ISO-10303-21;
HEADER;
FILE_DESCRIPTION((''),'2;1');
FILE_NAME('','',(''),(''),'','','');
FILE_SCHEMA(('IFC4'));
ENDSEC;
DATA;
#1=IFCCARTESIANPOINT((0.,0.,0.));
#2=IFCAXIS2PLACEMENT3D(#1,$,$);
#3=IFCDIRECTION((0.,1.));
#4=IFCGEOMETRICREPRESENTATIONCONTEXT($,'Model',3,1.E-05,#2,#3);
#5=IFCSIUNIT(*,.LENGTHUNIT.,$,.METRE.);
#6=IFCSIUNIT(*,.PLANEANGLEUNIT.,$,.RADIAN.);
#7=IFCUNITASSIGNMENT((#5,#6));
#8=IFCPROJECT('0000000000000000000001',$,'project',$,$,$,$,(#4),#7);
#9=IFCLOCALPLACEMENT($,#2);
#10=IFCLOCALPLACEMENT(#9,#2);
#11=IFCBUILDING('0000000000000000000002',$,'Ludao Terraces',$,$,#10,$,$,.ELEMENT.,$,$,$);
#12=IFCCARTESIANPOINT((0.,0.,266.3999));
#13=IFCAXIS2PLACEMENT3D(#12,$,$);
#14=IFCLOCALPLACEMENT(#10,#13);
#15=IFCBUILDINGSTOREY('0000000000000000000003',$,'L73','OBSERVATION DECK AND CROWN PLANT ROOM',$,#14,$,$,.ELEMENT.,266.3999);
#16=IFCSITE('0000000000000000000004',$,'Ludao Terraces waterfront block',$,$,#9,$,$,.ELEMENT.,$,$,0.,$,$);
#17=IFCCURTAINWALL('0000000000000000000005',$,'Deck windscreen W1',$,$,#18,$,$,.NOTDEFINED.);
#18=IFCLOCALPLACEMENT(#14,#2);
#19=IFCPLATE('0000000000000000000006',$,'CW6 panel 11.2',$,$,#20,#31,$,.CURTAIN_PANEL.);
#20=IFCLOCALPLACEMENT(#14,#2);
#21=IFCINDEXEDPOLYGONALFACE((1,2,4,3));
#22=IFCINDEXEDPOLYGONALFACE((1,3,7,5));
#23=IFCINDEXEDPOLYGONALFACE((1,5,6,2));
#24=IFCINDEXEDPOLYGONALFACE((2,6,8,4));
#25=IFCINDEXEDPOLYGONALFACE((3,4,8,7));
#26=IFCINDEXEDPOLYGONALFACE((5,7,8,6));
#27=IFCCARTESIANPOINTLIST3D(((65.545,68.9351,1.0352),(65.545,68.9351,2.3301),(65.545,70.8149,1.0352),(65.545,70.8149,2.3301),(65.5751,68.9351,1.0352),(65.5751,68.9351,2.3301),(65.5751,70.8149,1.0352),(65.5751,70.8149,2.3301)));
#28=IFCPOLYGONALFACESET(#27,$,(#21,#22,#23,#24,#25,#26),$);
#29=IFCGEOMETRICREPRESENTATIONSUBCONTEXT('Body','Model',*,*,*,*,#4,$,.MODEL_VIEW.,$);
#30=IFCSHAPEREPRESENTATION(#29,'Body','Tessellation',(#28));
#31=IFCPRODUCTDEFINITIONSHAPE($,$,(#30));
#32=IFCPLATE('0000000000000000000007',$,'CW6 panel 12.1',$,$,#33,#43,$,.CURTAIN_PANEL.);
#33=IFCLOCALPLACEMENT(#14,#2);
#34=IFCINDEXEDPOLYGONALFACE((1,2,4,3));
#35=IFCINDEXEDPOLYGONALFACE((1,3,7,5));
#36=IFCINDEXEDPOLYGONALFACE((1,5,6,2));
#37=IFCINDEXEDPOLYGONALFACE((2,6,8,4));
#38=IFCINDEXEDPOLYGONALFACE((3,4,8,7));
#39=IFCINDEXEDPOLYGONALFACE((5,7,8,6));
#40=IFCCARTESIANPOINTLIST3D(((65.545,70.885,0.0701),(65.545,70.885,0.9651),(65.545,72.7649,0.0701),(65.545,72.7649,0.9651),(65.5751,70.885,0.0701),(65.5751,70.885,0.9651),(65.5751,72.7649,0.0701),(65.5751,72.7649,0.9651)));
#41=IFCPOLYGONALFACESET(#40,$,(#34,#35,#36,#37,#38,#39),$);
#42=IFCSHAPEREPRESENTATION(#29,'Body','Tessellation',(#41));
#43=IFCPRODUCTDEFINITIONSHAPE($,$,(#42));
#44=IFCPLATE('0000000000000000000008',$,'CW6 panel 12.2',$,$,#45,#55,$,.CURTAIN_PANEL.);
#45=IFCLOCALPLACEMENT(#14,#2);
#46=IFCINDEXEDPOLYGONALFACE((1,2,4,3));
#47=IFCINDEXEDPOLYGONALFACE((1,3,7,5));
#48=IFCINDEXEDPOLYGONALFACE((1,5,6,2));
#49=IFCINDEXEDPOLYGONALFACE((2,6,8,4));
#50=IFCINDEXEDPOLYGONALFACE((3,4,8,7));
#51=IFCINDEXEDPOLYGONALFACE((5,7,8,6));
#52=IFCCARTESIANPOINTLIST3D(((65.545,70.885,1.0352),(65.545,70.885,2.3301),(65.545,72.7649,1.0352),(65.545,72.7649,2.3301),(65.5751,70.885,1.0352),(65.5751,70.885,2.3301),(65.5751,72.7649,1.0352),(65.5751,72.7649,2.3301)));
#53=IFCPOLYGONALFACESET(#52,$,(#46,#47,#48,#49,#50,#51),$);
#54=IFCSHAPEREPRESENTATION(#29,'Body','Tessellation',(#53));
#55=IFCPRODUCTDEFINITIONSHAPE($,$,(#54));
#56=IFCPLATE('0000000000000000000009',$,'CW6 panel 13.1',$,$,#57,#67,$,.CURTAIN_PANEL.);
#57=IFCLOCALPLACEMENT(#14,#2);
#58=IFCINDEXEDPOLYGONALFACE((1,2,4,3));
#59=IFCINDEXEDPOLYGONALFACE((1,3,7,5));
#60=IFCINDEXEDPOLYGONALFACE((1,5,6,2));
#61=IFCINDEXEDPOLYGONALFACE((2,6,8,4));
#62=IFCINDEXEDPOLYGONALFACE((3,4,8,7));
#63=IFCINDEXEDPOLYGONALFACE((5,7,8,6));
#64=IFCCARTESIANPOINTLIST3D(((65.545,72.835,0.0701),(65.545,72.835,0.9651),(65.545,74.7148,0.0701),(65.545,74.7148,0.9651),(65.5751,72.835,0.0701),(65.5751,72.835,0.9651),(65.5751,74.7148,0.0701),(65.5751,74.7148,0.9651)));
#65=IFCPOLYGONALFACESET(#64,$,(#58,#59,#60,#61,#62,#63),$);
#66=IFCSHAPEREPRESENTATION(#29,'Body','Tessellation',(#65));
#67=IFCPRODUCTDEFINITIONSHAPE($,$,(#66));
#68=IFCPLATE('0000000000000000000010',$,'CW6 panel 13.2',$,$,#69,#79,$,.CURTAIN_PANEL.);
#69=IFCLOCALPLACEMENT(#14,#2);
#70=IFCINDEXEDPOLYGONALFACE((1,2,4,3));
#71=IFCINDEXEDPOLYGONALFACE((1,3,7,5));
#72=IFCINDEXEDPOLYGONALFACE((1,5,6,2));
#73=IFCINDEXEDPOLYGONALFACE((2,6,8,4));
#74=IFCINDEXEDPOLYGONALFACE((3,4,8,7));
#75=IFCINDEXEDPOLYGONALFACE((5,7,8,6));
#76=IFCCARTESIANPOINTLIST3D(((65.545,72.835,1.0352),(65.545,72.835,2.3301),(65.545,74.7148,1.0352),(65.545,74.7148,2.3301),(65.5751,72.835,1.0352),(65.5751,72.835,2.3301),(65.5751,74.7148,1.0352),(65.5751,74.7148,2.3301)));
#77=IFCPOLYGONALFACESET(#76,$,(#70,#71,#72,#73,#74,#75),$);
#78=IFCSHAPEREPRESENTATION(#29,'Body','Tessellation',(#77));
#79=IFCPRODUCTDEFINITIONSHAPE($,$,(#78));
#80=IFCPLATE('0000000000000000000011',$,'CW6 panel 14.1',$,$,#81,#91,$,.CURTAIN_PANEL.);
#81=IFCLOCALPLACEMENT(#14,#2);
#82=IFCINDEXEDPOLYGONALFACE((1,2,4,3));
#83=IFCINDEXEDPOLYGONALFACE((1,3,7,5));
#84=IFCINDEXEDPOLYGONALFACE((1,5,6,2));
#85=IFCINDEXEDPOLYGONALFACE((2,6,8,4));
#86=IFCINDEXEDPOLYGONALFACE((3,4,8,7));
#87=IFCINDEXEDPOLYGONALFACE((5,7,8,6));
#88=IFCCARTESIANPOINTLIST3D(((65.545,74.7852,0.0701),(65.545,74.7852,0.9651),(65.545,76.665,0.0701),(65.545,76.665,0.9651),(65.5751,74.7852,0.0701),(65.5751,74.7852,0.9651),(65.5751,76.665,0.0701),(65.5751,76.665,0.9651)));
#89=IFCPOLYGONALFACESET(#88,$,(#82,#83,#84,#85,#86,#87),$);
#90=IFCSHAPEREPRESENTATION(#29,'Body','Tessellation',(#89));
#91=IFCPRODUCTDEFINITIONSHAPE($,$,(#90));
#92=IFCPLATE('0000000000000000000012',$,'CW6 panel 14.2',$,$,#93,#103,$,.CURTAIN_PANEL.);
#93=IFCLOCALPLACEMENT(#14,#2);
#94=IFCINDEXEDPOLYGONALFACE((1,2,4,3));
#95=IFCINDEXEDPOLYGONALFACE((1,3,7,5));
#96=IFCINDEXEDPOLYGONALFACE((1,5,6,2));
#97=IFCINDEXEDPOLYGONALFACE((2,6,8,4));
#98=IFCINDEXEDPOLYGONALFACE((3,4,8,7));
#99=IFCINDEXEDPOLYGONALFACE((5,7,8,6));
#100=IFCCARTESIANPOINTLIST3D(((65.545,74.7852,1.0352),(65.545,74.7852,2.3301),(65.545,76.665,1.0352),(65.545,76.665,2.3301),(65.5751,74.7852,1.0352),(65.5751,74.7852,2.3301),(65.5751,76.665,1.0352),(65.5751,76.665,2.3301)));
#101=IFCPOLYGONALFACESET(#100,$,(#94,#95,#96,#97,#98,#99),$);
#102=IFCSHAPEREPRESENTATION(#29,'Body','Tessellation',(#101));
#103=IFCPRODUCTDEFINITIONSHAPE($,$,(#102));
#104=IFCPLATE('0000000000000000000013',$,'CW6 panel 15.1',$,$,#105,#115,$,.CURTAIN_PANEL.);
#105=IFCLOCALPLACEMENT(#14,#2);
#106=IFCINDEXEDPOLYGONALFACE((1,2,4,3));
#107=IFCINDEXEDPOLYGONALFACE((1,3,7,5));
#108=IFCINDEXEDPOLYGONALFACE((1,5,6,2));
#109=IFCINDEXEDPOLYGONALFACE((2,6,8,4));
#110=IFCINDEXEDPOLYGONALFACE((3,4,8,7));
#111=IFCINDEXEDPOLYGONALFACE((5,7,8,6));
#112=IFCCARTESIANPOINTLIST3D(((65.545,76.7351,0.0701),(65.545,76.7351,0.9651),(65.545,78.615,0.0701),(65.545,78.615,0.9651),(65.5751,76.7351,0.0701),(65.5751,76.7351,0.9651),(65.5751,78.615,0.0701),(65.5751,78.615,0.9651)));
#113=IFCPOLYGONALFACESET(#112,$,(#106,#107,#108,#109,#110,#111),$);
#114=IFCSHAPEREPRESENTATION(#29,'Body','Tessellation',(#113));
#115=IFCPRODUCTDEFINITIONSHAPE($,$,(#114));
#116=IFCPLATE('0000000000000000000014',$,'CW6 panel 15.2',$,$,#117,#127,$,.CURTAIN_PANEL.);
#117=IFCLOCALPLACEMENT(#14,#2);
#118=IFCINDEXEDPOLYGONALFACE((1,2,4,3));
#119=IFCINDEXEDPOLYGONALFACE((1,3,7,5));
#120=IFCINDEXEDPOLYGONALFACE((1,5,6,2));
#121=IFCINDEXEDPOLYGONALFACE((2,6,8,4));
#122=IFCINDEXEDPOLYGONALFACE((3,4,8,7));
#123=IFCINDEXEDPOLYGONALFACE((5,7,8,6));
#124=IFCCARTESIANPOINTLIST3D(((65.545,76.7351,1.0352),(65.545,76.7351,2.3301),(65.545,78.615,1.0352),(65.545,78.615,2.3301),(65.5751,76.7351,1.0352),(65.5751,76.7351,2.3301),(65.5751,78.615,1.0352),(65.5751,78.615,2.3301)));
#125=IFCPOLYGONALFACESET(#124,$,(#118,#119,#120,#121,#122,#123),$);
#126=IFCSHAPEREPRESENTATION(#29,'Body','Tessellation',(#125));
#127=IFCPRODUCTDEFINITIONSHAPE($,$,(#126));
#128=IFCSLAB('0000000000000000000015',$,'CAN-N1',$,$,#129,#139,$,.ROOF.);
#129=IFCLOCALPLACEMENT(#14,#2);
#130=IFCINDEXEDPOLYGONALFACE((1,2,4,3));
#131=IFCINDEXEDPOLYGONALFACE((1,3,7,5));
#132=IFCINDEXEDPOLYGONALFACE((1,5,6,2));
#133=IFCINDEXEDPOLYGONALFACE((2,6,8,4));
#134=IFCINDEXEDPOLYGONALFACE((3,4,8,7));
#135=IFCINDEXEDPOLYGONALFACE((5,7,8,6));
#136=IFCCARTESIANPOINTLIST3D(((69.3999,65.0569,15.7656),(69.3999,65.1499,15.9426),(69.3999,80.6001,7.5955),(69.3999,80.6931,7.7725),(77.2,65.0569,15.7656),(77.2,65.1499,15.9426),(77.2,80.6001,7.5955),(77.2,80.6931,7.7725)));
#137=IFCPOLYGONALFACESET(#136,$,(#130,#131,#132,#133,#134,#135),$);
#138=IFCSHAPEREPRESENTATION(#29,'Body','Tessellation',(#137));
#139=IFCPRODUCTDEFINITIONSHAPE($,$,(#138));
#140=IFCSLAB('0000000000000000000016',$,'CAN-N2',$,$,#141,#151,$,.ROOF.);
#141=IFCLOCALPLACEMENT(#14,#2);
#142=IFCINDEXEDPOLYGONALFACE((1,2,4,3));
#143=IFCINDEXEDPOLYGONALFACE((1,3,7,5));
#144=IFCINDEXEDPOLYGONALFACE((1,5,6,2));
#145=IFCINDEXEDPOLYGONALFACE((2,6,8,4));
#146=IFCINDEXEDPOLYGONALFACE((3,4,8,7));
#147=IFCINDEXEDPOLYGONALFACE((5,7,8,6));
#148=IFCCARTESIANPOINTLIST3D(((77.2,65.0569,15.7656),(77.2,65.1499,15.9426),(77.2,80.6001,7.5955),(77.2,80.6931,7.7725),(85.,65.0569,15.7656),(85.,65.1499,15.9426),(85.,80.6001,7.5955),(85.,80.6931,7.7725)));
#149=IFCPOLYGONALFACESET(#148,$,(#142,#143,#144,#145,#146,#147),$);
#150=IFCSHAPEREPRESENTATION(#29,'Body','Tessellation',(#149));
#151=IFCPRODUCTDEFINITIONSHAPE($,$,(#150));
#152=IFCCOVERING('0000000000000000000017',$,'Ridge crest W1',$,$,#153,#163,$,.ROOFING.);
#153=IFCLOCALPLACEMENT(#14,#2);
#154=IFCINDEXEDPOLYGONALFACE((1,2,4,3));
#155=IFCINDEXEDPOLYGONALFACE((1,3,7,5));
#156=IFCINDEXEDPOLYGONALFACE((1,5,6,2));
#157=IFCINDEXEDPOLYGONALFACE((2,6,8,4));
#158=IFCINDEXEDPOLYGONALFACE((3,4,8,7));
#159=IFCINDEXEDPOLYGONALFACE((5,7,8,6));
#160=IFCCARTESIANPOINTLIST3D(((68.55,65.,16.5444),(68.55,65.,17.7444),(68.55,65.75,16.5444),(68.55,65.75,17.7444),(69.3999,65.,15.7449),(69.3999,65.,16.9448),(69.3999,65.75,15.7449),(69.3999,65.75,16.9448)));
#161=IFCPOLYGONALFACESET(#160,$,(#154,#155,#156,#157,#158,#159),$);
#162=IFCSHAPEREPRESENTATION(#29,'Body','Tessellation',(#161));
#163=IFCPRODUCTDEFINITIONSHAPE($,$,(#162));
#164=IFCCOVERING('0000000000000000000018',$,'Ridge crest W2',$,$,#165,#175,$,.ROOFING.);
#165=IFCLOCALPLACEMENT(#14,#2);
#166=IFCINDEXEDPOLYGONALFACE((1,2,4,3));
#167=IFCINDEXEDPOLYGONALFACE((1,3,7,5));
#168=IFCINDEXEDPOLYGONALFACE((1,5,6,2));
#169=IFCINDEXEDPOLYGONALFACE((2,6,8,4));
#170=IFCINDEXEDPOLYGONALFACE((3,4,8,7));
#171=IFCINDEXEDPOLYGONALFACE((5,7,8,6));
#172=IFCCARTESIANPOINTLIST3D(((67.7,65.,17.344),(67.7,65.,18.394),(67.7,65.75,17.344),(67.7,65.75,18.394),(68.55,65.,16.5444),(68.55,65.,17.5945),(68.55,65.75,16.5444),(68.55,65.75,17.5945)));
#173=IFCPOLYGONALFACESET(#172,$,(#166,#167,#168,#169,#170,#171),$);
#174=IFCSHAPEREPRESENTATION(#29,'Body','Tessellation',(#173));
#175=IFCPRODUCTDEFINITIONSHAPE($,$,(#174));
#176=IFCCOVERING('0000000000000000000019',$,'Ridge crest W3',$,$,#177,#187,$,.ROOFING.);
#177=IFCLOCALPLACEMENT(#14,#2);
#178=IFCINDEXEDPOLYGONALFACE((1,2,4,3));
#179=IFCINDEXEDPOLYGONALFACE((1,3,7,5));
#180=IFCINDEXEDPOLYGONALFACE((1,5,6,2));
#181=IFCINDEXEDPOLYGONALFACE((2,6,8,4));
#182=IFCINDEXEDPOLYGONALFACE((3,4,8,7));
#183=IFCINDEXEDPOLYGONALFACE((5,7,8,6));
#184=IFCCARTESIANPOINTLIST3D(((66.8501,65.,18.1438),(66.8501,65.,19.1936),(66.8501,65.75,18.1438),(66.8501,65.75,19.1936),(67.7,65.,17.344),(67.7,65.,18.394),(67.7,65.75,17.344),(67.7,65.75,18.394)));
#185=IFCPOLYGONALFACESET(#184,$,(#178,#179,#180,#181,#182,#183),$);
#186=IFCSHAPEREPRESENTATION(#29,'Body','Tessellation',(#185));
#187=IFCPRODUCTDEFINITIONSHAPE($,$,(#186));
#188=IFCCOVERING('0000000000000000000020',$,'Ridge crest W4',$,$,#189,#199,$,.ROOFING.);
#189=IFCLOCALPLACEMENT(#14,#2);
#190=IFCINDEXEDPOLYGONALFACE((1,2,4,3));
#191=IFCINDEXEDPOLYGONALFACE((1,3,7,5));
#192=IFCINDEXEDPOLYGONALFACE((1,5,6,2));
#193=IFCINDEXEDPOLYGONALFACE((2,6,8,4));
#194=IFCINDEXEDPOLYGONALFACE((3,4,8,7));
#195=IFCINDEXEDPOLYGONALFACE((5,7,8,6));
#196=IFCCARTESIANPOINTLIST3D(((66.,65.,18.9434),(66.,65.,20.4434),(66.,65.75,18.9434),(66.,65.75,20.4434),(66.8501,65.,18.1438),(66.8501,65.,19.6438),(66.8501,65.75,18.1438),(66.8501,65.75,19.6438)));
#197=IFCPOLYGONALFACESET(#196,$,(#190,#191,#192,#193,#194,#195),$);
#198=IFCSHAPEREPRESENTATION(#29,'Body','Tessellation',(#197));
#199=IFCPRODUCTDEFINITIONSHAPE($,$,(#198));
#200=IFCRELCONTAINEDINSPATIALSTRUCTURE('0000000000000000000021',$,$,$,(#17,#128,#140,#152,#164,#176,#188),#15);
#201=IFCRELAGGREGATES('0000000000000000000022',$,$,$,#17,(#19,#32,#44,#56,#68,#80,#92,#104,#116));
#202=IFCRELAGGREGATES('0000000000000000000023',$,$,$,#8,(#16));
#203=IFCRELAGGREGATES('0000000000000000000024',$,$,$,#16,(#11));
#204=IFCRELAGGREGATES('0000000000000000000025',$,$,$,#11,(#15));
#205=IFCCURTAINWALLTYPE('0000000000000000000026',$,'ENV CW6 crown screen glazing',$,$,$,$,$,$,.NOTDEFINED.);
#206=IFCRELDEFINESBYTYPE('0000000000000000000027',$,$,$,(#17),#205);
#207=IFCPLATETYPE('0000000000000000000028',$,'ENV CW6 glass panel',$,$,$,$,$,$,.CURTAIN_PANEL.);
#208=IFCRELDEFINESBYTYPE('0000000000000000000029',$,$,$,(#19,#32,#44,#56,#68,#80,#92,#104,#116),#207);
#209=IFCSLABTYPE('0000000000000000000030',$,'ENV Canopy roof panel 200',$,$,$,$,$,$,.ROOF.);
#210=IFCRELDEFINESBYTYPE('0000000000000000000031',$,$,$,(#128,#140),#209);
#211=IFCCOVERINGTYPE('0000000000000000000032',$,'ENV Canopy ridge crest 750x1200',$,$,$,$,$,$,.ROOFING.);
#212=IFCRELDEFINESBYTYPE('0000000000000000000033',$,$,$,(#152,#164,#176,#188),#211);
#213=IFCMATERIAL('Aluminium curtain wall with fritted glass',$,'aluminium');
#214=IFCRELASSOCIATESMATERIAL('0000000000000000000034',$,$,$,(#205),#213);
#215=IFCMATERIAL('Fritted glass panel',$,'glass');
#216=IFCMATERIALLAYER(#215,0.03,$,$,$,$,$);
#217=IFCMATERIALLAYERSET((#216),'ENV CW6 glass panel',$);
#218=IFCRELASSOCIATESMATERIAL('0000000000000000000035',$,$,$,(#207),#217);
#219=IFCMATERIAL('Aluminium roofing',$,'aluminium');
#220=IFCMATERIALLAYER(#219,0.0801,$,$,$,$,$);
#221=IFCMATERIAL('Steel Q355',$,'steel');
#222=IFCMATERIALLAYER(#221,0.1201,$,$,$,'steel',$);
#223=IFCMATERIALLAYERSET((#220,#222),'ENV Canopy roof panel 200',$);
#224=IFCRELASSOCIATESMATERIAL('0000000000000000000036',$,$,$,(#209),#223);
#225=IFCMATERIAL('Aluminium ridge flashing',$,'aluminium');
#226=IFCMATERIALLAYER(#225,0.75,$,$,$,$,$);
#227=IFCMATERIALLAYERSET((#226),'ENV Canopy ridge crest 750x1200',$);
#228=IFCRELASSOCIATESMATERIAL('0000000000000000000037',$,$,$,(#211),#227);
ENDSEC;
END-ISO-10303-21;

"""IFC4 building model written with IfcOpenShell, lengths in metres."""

from ifc_helpers import new_model, si_unit, direction, frame, origin, origin_2d, place, context, subcontext, project, spatial, polyline, rectangle, outline, extrude, material, layer, layer_set, type_object, element, aggregate, save


model = new_model("IFC4")

# Units and contexts
model_context = context("Model", 3, precision=1e-05, world=origin(), true_north=direction((0.0, 1.0)))
body_context = subcontext(model_context, "Body", "Model", "MODEL_VIEW")
ifc_project = project(units=[si_unit("LENGTHUNIT", "METRE"), si_unit("PLANEANGLEUNIT", "RADIAN")], contexts=[model_context])

# Site, building, storey
site_placement = place(None, origin())
site = spatial("IfcSite", under=ifc_project, at=site_placement, Name="Ludao Terraces waterfront block", CompositionType="ELEMENT", RefElevation=0.0)
building_placement = place(site_placement, origin())
building = spatial("IfcBuilding", under=site, at=building_placement, Name="Ludao Terraces", CompositionType="ELEMENT")
storey_placement = place(building_placement, frame((0.0, 0.0, 266.3999)))
storey = spatial("IfcBuildingStorey", under=building, at=storey_placement, Name="L73", Description="OBSERVATION DECK AND CROWN PLANT ROOM", CompositionType="ELEMENT", Elevation=266.3999)

# Shared definitions
ifc_material_1 = material(Name="Steel Q355", Category="steel")

# Curtain wall, plates
ifc_material_2 = material(Name="Aluminium curtain wall with fritted glass", Category="aluminium")
curtain_wall_type = type_object("IfcCurtainWallType", Name="ENV CW6 crown screen glazing", PredefinedType="NOTDEFINED", material=ifc_material_2)
curtain_wall_placement = place(storey_placement, origin())
curtain_wall = element("IfcCurtainWall", 1, at=curtain_wall_placement, inside=storey, type_object=curtain_wall_type, Name="Deck windscreen W1", PredefinedType="NOTDEFINED")
ifc_material_3 = material(Name="Fritted glass panel", Category="glass")
ifc_layer_1 = layer(ifc_material_3, 0.03)
ifc_layer_set_1 = layer_set([ifc_layer_1], Name="ENV CW6 glass panel")
plate_type = type_object("IfcPlateType", Name="ENV CW6 glass panel", PredefinedType="CURTAIN_PANEL", material=ifc_layer_set_1)
plate_1_placement = place(storey_placement, frame((65.5601, 69.875, 1.0352), z_axis=(0.0, 0.0, 1.0), x_axis=(0.0, 1.0, 0.0)))
plate_1 = element("IfcPlate", 2, at=plate_1_placement, type_object=plate_type, Name="CW6 panel 11.2", PredefinedType="CURTAIN_PANEL", context=body_context, shape_type="SweptSolid", body=[
    extrude(rectangle(XDim=1.8799, YDim=0.03, at=origin_2d()), origin(), (0.0, 0.0, 1.0), 1.2949),
])
plate_2_placement = place(storey_placement, frame((65.5601, 71.825, 0.0701), z_axis=(0.0, 0.0, 1.0), x_axis=(0.0, 1.0, 0.0)))
plate_2 = element("IfcPlate", 3, at=plate_2_placement, type_object=plate_type, Name="CW6 panel 12.1", PredefinedType="CURTAIN_PANEL", context=body_context, shape_type="SweptSolid", body=[
    extrude(rectangle(XDim=1.8799, YDim=0.03, at=origin_2d()), origin(), (0.0, 0.0, 1.0), 0.895),
])
plate_3_placement = place(storey_placement, frame((65.5601, 71.825, 1.0352), z_axis=(0.0, 0.0, 1.0), x_axis=(0.0, 1.0, 0.0)))
plate_3 = element("IfcPlate", 4, at=plate_3_placement, type_object=plate_type, Name="CW6 panel 12.2", PredefinedType="CURTAIN_PANEL", context=body_context, shape_type="SweptSolid", body=[
    extrude(rectangle(XDim=1.8799, YDim=0.03, at=origin_2d()), origin(), (0.0, 0.0, 1.0), 1.2949),
])
plate_4_placement = place(storey_placement, frame((65.5601, 73.7749, 0.0701), z_axis=(0.0, 0.0, 1.0), x_axis=(0.0, 1.0, 0.0)))
plate_4 = element("IfcPlate", 5, at=plate_4_placement, type_object=plate_type, Name="CW6 panel 13.1", PredefinedType="CURTAIN_PANEL", context=body_context, shape_type="SweptSolid", body=[
    extrude(rectangle(XDim=1.8799, YDim=0.03, at=origin_2d()), origin(), (0.0, 0.0, 1.0), 0.895),
])
plate_5_placement = place(storey_placement, frame((65.5601, 73.7749, 1.0352), z_axis=(0.0, 0.0, 1.0), x_axis=(0.0, 1.0, 0.0)))
plate_5 = element("IfcPlate", 6, at=plate_5_placement, type_object=plate_type, Name="CW6 panel 13.2", PredefinedType="CURTAIN_PANEL", context=body_context, shape_type="SweptSolid", body=[
    extrude(rectangle(XDim=1.8799, YDim=0.03, at=origin_2d()), origin(), (0.0, 0.0, 1.0), 1.2949),
])
plate_6_placement = place(storey_placement, frame((65.5601, 75.7251, 0.0701), z_axis=(0.0, 0.0, 1.0), x_axis=(0.0, 1.0, 0.0)))
plate_6 = element("IfcPlate", 7, at=plate_6_placement, type_object=plate_type, Name="CW6 panel 14.1", PredefinedType="CURTAIN_PANEL", context=body_context, shape_type="SweptSolid", body=[
    extrude(rectangle(XDim=1.8799, YDim=0.03, at=origin_2d()), origin(), (0.0, 0.0, 1.0), 0.895),
])
plate_7_placement = place(storey_placement, frame((65.5601, 75.7251, 1.0352), z_axis=(0.0, 0.0, 1.0), x_axis=(0.0, 1.0, 0.0)))
plate_7 = element("IfcPlate", 8, at=plate_7_placement, type_object=plate_type, Name="CW6 panel 14.2", PredefinedType="CURTAIN_PANEL", context=body_context, shape_type="SweptSolid", body=[
    extrude(rectangle(XDim=1.8799, YDim=0.03, at=origin_2d()), origin(), (0.0, 0.0, 1.0), 1.2949),
])
plate_8_placement = place(storey_placement, frame((65.5601, 77.675, 0.0701), z_axis=(0.0, 0.0, 1.0), x_axis=(0.0, 1.0, 0.0)))
plate_8 = element("IfcPlate", 9, at=plate_8_placement, type_object=plate_type, Name="CW6 panel 15.1", PredefinedType="CURTAIN_PANEL", context=body_context, shape_type="SweptSolid", body=[
    extrude(rectangle(XDim=1.8799, YDim=0.03, at=origin_2d()), origin(), (0.0, 0.0, 1.0), 0.895),
])
plate_9_placement = place(storey_placement, frame((65.5601, 77.675, 1.0352), z_axis=(0.0, 0.0, 1.0), x_axis=(0.0, 1.0, 0.0)))
plate_9 = element("IfcPlate", 10, at=plate_9_placement, type_object=plate_type, Name="CW6 panel 15.2", PredefinedType="CURTAIN_PANEL", context=body_context, shape_type="SweptSolid", body=[
    extrude(rectangle(XDim=1.8799, YDim=0.03, at=origin_2d()), origin(), (0.0, 0.0, 1.0), 1.2949),
])
aggregate(curtain_wall, [plate_1, plate_2, plate_3, plate_4, plate_5, plate_6, plate_7, plate_8, plate_9])

# Slabs
ifc_material_4 = material(Name="Aluminium roofing", Category="aluminium")
ifc_layer_2 = layer(ifc_material_4, 0.0801)
ifc_layer_3 = layer(ifc_material_1, 0.1201, Category="steel")
ifc_layer_set_2 = layer_set([ifc_layer_2, ifc_layer_3], Name="ENV Canopy roof panel 200")
slab_type = type_object("IfcSlabType", Name="ENV Canopy roof panel 200", PredefinedType="ROOF", material=ifc_layer_set_2)
for number, where, z_axis, x_axis, name in (
    (11, (69.3999, 65.1499, 15.9426), (0.0, 0.465279, 0.885164), (1.0, 0.0, 0.0), "CAN-N1"),
    (12, (77.2, 65.1499, 15.9426), (0.0, 0.465279, 0.885164), (1.0, 0.0, 0.0), "CAN-N2"),
):
    element("IfcSlab", number, at=place(storey_placement, frame(where, z_axis=z_axis, x_axis=x_axis)), inside=storey, type_object=slab_type, Name=name, PredefinedType="ROOF", context=body_context, shape_type="SweptSolid", body=[
        extrude(outline(polyline([(0.0, 0.0), (7.8, 0.0), (7.8, 17.5597), (0.0, 17.5597), (0.0, 0.0)])), origin(), (0.0, 0.0, -1.0), 0.2),
    ])

# Coverings
ifc_material_5 = material(Name="Aluminium ridge flashing", Category="aluminium")
ifc_layer_4 = layer(ifc_material_5, 0.75)
ifc_layer_set_3 = layer_set([ifc_layer_4], Name="ENV Canopy ridge crest 750x1200")
covering_type = type_object("IfcCoveringType", Name="ENV Canopy ridge crest 750x1200", PredefinedType="ROOFING", material=ifc_layer_set_3)
covering_1_placement = place(storey_placement, frame((69.3999, 65.0, 16.9448), z_axis=(0.0, -1.0, 0.0), x_axis=(-0.728329, 0.0, 0.685228)))
element("IfcCovering", 13, at=covering_1_placement, inside=storey, type_object=covering_type, Name="Ridge crest W1", PredefinedType="ROOFING", context=body_context, shape_type="SweptSolid", body=[
    extrude(outline(polyline([(0.0, 0.0), (1.1669, 0.0), (0.3446, 0.874), (-0.8222, 0.874), (0.0, 0.0)])), origin(), (0.0, 0.0, -1.0), 0.75),
])
covering_2_placement = place(storey_placement, frame((68.55, 65.0, 17.5945), z_axis=(0.0, -1.0, 0.0), x_axis=(-0.728427, 0.0, 0.685123)))
element("IfcCovering", 14, at=covering_2_placement, inside=storey, type_object=covering_type, Name="Ridge crest W2", PredefinedType="ROOFING", context=body_context, shape_type="SweptSolid", body=[
    extrude(outline(polyline([(0.0, 0.0), (1.167, 0.0), (0.4476, 0.7649), (-0.7194, 0.7649), (0.0, 0.0)])), origin(), (0.0, 0.0, -1.0), 0.75),
])
covering_3_placement = place(storey_placement, frame((67.7, 65.0, 18.394), z_axis=(0.0, -1.0, 0.0), x_axis=(-0.728329, 0.0, 0.685228)))
element("IfcCovering", 15, at=covering_3_placement, inside=storey, type_object=covering_type, Name="Ridge crest W3", PredefinedType="ROOFING", context=body_context, shape_type="SweptSolid", body=[
    extrude(outline(polyline([(0.0, 0.0), (1.1669, 0.0), (0.4475, 0.7646), (-0.7195, 0.7648), (0.0, 0.0)])), origin(), (0.0, 0.0, -1.0), 0.75),
])
covering_4_placement = place(storey_placement, frame((66.8501, 65.0, 19.6438), z_axis=(0.0, -1.0, 0.0), x_axis=(-0.728427, 0.0, 0.685123)))
element("IfcCovering", 16, at=covering_4_placement, inside=storey, type_object=covering_type, Name="Ridge crest W4", PredefinedType="ROOFING", context=body_context, shape_type="SweptSolid", body=[
    extrude(outline(polyline([(0.0, 0.0), (1.167, 0.0), (0.1393, 1.0926), (-1.0277, 1.0926), (0.0, 0.0)])), origin(), (0.0, 0.0, -1.0), 0.75),
])

save(model, "model.ifc")
